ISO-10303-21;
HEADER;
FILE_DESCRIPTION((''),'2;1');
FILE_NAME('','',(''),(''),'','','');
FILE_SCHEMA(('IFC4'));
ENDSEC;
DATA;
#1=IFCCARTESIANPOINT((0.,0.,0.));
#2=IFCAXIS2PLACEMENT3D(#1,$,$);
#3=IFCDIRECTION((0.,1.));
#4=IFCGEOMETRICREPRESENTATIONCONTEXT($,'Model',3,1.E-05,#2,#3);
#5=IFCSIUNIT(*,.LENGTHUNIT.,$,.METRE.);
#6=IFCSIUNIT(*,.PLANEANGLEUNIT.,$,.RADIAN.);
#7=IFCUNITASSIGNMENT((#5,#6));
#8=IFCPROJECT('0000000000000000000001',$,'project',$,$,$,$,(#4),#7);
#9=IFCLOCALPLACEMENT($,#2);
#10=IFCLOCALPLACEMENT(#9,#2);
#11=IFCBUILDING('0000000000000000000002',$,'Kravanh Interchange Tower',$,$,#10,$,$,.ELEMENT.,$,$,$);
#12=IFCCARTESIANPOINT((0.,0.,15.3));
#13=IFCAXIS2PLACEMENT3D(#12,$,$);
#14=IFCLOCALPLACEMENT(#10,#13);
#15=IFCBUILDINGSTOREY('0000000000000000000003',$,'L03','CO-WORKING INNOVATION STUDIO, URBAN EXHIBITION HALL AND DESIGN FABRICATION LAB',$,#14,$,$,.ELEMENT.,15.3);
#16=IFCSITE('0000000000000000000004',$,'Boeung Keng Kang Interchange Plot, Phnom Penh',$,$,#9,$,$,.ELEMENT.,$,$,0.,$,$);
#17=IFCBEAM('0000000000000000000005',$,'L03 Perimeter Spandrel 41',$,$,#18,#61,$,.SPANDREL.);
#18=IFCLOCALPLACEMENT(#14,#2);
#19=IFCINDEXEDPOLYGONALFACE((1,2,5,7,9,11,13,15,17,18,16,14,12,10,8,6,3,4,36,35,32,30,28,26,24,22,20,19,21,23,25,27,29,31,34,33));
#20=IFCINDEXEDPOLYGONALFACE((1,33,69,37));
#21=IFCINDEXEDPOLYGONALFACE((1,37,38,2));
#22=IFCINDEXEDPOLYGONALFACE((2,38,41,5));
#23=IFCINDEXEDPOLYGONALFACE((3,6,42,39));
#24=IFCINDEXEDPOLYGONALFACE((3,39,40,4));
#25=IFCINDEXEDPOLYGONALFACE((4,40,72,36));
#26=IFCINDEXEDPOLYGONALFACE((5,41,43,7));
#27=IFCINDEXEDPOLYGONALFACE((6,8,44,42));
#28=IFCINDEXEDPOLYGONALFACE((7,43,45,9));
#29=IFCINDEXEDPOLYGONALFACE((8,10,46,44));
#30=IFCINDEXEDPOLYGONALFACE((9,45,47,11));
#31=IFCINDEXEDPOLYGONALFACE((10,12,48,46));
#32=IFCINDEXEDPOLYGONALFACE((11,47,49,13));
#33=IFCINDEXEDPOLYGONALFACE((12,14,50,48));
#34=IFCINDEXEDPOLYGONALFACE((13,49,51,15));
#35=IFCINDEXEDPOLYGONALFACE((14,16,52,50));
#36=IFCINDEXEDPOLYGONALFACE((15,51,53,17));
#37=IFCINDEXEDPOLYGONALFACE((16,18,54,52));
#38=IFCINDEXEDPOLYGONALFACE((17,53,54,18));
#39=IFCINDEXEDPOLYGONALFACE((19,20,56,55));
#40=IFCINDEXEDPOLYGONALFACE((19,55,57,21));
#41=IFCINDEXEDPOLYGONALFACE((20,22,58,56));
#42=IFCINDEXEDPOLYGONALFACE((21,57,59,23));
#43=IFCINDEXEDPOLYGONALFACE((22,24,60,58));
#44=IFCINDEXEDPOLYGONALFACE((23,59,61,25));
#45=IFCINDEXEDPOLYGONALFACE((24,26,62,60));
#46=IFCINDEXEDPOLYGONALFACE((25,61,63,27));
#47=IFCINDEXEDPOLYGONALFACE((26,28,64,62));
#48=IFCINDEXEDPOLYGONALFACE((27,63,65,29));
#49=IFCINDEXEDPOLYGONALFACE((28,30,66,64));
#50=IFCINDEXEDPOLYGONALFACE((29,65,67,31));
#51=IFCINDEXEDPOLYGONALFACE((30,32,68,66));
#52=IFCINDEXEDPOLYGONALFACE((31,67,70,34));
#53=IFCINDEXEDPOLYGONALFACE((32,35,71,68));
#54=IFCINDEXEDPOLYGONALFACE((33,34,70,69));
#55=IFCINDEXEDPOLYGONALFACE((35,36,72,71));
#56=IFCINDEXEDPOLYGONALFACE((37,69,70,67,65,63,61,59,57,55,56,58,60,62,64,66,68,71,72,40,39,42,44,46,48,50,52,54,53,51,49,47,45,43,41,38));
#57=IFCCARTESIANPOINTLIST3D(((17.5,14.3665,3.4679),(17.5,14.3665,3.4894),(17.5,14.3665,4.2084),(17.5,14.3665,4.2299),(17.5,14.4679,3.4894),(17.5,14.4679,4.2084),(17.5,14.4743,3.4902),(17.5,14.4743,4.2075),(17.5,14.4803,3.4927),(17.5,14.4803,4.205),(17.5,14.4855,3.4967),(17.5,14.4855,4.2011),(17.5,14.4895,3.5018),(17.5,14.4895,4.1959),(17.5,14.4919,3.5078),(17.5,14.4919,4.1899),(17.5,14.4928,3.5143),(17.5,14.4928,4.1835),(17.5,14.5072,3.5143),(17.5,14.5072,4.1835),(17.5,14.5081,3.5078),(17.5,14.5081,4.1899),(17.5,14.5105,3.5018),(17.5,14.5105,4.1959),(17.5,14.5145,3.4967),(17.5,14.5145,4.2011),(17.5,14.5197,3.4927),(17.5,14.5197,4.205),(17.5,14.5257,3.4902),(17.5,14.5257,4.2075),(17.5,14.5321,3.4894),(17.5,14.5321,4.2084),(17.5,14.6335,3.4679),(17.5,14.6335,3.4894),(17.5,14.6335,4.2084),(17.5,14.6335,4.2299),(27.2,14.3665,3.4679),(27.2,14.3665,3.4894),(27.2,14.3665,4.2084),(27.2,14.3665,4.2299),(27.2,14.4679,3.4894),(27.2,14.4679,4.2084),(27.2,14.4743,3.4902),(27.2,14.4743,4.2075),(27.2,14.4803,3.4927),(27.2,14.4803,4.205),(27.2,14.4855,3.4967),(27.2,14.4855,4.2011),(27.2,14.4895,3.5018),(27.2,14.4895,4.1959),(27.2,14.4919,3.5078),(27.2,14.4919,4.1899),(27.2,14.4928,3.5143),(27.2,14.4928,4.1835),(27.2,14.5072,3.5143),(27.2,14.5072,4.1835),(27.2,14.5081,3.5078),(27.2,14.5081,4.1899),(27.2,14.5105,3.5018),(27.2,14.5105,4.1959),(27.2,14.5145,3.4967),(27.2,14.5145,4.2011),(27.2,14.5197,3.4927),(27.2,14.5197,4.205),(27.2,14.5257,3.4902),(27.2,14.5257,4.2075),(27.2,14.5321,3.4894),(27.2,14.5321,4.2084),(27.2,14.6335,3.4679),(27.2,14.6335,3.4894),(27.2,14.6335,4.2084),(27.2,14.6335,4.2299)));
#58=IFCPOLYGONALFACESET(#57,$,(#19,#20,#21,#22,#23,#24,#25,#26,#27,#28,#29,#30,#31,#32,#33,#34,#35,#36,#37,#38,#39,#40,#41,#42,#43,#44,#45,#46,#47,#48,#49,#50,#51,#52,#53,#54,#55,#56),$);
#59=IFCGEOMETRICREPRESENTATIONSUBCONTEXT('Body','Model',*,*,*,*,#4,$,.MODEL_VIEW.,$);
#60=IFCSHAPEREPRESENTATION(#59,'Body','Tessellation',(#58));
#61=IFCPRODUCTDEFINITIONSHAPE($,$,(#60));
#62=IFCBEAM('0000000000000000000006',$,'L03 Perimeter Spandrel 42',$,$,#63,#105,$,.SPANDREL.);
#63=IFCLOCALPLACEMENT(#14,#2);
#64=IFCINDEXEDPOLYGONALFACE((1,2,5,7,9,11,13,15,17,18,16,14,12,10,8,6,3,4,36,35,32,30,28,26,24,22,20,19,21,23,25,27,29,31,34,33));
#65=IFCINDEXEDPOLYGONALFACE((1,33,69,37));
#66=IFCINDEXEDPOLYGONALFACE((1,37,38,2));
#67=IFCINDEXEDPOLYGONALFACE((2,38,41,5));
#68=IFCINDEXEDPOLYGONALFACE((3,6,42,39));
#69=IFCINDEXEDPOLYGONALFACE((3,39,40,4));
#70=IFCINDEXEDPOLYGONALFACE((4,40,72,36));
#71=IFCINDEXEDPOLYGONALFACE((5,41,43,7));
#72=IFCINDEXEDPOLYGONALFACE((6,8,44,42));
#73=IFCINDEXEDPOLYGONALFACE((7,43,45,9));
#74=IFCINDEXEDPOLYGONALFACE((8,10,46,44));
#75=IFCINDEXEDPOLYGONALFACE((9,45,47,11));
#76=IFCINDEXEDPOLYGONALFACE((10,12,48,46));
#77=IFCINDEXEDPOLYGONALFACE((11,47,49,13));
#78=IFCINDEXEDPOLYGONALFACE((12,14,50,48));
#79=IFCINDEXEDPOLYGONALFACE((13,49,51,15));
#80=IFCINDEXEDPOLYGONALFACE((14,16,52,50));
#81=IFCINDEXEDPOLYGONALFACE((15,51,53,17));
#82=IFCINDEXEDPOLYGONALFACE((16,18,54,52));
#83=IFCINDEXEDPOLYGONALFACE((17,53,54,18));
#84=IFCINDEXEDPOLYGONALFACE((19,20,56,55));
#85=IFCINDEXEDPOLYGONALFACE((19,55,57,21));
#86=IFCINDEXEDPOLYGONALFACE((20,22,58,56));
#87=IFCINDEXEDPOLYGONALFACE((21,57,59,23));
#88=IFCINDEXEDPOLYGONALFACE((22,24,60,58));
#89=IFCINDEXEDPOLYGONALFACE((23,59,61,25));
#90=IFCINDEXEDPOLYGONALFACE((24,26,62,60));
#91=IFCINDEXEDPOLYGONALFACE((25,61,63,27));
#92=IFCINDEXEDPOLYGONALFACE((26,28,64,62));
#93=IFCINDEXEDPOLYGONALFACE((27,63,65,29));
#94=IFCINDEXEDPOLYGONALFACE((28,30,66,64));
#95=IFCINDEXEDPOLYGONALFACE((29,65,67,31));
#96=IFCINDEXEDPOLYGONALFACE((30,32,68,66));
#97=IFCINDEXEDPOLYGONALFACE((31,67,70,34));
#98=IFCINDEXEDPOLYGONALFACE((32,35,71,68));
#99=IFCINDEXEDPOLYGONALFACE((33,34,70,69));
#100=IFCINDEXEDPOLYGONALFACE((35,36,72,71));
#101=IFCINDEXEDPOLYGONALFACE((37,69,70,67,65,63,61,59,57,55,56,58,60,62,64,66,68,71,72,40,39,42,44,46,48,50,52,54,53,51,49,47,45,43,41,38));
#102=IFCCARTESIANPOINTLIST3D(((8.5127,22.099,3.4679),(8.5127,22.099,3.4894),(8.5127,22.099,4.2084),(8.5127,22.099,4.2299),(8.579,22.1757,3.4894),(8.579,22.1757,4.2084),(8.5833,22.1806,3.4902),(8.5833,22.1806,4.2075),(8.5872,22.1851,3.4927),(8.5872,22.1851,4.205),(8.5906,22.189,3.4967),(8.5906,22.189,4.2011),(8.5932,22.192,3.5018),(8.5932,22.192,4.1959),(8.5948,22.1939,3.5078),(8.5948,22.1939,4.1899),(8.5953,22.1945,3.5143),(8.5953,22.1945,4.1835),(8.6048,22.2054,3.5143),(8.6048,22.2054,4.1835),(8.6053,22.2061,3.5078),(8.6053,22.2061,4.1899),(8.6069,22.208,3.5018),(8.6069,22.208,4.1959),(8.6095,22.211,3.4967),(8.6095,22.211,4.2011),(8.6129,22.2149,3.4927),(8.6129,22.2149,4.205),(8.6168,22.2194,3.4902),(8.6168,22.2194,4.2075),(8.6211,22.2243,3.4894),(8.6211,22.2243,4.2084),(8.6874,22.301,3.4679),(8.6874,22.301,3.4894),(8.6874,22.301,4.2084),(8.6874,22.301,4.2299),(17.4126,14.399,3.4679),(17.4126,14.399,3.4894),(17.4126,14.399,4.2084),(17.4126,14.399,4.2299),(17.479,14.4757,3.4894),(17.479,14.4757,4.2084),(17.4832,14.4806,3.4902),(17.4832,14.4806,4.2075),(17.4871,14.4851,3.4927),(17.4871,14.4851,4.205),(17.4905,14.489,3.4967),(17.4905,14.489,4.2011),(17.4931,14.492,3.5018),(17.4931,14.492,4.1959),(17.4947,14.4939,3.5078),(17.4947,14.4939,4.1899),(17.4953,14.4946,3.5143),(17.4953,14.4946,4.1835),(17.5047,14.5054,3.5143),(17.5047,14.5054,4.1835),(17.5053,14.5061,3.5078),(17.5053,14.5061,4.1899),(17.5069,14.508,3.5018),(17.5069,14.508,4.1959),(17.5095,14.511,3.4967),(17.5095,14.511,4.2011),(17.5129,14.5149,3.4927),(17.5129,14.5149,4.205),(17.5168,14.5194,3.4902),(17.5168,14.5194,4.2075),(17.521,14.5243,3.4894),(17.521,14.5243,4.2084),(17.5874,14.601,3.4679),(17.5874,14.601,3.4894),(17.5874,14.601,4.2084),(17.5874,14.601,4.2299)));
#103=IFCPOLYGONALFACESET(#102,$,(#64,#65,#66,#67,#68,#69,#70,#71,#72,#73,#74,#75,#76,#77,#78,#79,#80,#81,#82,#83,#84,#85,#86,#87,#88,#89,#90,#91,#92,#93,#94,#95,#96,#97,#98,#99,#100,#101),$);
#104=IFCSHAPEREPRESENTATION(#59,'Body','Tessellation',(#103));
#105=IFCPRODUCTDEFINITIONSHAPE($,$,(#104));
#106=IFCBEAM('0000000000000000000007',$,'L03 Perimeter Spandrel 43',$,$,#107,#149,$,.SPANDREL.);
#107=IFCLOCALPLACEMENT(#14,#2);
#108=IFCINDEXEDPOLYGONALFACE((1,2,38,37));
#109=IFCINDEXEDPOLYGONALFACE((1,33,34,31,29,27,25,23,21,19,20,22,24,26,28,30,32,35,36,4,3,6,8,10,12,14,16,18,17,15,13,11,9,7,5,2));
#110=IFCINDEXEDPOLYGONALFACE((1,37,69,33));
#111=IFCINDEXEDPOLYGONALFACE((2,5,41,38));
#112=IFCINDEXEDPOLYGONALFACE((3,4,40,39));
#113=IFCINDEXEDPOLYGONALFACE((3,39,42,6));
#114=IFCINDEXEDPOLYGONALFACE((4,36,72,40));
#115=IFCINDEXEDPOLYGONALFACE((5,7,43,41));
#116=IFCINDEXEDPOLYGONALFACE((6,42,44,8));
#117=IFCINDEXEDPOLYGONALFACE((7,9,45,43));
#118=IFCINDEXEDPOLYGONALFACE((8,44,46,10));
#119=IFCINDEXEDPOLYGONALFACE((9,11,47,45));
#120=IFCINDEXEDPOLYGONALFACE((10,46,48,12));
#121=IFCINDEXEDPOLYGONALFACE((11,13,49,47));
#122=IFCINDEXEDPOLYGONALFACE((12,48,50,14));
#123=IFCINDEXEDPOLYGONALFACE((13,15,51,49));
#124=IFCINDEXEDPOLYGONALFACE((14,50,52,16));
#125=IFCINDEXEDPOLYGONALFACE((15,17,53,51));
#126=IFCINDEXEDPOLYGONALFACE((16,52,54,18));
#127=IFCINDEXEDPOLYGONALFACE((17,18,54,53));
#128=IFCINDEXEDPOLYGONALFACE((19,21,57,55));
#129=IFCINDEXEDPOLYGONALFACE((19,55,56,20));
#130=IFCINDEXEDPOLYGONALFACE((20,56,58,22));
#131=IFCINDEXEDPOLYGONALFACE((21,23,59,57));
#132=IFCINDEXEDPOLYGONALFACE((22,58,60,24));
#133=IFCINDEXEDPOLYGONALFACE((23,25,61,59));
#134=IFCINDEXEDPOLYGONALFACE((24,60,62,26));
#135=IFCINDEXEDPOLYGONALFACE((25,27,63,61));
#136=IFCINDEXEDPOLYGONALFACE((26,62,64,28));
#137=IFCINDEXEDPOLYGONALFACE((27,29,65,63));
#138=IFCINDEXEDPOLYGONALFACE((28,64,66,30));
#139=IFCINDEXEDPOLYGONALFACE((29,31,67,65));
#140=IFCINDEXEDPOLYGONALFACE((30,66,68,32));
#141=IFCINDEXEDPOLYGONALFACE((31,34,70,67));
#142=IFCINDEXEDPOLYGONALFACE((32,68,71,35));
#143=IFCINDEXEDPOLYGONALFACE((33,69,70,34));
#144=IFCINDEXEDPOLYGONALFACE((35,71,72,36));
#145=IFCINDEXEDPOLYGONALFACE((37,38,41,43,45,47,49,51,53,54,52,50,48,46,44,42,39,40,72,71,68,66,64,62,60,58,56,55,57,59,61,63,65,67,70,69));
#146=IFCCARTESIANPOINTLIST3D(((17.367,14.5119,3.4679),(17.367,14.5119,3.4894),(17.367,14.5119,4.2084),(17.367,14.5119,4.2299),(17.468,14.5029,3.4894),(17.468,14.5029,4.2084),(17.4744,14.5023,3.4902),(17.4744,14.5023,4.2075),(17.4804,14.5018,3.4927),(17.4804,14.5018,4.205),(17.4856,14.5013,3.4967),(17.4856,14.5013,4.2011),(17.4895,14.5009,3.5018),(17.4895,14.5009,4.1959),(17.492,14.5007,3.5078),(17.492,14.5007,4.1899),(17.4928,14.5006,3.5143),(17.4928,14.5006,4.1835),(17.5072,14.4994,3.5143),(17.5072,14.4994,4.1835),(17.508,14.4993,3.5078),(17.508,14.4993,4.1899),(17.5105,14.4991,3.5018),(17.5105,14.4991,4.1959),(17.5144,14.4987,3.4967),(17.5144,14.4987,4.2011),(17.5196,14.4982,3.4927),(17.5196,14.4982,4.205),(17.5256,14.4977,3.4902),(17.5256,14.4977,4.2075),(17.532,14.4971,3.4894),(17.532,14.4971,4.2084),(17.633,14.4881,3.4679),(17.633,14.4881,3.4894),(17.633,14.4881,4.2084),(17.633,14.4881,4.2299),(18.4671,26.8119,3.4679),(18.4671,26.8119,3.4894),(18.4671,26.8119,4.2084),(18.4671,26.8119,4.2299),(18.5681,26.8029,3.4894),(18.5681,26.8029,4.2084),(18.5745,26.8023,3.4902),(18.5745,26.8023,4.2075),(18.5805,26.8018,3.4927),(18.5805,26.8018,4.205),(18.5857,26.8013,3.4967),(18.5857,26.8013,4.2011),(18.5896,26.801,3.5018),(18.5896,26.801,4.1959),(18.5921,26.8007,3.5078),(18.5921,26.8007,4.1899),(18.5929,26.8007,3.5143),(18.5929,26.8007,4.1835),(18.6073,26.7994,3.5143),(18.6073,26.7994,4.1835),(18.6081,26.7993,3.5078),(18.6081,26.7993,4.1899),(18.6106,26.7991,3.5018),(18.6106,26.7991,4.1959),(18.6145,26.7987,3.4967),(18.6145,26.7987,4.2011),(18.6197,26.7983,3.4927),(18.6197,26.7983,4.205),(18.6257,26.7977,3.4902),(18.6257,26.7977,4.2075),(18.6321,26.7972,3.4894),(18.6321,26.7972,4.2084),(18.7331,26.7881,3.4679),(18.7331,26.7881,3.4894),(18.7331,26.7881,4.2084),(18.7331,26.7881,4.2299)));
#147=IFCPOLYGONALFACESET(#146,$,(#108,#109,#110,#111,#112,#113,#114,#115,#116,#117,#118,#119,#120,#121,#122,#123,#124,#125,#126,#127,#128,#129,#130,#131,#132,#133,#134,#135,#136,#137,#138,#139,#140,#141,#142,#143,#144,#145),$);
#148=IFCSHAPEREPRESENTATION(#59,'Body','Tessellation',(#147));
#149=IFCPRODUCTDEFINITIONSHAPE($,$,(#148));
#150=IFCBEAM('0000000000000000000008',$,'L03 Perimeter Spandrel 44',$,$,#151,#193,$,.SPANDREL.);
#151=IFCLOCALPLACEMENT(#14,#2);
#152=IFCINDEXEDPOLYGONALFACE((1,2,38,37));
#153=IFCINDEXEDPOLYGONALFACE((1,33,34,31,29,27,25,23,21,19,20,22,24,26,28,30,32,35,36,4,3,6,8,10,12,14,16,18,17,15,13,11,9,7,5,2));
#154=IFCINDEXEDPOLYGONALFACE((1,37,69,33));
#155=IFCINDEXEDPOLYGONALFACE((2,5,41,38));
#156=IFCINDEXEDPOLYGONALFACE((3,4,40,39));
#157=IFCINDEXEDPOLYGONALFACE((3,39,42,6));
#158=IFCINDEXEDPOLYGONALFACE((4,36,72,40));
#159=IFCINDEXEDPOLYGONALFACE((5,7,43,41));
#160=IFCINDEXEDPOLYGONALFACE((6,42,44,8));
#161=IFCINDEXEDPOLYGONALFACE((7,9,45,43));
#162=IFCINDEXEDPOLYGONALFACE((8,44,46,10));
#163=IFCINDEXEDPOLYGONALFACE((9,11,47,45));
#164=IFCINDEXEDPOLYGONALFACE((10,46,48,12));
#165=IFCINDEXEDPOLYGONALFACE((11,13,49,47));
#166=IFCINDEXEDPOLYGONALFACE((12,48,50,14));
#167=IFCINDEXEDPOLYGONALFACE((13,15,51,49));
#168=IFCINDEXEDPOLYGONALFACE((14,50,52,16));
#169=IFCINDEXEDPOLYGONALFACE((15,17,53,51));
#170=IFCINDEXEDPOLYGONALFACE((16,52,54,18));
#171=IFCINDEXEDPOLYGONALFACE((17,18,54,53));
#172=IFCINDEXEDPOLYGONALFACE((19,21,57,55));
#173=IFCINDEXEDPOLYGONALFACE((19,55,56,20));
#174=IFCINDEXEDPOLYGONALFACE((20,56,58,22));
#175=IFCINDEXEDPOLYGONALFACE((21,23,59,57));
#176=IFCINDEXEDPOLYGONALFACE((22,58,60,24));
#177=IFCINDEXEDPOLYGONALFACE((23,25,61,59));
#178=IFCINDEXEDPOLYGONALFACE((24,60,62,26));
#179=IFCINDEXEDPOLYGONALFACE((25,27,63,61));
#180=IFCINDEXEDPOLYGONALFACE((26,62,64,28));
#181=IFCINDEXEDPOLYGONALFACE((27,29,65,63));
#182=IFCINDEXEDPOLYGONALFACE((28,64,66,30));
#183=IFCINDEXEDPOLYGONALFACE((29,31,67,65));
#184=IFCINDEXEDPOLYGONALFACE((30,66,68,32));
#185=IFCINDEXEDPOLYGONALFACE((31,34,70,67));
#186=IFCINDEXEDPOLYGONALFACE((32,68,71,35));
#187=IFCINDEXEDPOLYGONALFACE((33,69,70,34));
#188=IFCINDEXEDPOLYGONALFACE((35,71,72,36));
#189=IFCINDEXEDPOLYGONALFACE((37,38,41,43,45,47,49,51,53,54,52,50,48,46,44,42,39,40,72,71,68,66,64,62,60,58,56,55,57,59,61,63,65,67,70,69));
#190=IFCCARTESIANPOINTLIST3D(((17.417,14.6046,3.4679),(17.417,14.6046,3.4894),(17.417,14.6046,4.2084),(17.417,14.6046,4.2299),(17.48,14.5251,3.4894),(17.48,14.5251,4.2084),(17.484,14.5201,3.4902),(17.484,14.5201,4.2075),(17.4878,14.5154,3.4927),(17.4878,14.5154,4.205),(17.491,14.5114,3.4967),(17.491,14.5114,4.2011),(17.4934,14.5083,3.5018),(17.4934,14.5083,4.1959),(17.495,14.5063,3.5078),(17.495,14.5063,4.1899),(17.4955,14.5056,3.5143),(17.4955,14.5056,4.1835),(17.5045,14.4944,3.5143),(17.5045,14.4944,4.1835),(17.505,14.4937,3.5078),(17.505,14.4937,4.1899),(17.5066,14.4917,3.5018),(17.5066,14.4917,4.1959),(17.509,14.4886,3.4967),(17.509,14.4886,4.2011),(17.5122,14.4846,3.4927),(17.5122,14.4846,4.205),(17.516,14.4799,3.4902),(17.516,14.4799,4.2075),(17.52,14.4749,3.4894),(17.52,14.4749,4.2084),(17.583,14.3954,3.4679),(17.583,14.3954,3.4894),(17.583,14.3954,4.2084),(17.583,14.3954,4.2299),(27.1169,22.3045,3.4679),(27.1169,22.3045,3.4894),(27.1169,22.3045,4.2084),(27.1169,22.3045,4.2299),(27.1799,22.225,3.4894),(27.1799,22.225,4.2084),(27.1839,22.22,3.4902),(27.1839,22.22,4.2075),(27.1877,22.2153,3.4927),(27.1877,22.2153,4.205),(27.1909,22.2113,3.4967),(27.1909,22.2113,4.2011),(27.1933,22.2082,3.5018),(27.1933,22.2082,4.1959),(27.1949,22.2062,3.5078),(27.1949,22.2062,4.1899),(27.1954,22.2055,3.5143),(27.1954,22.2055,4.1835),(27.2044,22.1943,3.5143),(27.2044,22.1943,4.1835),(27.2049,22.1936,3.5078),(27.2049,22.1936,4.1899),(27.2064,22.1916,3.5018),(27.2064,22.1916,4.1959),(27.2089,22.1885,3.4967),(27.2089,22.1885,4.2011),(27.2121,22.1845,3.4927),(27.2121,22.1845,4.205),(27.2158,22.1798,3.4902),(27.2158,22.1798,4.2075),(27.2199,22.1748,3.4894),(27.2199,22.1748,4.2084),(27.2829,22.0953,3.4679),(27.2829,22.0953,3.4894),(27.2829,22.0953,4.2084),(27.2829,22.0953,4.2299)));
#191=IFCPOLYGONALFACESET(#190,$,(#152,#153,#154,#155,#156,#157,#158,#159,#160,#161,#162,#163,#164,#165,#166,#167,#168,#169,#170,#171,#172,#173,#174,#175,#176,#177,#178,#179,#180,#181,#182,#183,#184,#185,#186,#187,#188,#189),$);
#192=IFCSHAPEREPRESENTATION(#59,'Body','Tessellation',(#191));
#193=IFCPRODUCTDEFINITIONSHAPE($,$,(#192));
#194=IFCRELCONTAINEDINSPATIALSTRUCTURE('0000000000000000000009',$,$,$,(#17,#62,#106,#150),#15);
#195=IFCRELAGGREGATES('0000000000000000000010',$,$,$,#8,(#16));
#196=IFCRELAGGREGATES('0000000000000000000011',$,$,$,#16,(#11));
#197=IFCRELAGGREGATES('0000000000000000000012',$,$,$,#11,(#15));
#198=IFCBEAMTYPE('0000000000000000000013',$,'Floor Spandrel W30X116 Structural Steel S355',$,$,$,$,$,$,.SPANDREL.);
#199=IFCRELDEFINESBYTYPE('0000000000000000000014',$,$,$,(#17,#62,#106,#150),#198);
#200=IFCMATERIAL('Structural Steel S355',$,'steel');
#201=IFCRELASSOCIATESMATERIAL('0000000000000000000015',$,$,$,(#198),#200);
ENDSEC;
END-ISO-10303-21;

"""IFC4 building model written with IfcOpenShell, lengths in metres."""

from ifc_helpers import new_model, si_unit, direction, frame, origin, origin_2d, place, context, subcontext, project, spatial, i_section, extrude, material, material_profile, profile_set, type_object, element, save


model = new_model("IFC4")

# Units and contexts
model_context = context("Model", 3, precision=1e-05, world=origin(), true_north=direction((0.0, 1.0)))
body_context = subcontext(model_context, "Body", "Model", "MODEL_VIEW")
ifc_project = project(units=[si_unit("LENGTHUNIT", "METRE"), si_unit("PLANEANGLEUNIT", "RADIAN")], contexts=[model_context])

# Site, building, storey
site_placement = place(None, origin())
site = spatial("IfcSite", under=ifc_project, at=site_placement, Name="Boeung Keng Kang Interchange Plot, Phnom Penh", CompositionType="ELEMENT", RefElevation=0.0)
building_placement = place(site_placement, origin())
building = spatial("IfcBuilding", under=site, at=building_placement, Name="Kravanh Interchange Tower", CompositionType="ELEMENT")
storey_placement = place(building_placement, frame((0.0, 0.0, 15.3)))
storey = spatial("IfcBuildingStorey", under=building, at=storey_placement, Name="L03", Description="CO-WORKING INNOVATION STUDIO, URBAN EXHIBITION HALL AND DESIGN FABRICATION LAB", CompositionType="ELEMENT", Elevation=15.3)

# Beams
ifc_material_1 = material(Name="Structural Steel S355", Category="steel")
ifc_material_profile_1 = material_profile(ifc_material_1, i_section(OverallWidth=0.2671, OverallDepth=0.762, WebThickness=0.0144, FlangeThickness=0.0215, FilletRadius=0.0249, at=origin_2d()), Name="W30X116")
ifc_profile_set_1 = profile_set([ifc_material_profile_1], Name="Structural Steel S355")
beam_type_1 = type_object("IfcBeamType", Name="Floor Spandrel W30X116 Structural Steel S355", PredefinedType="SPANDREL", material=ifc_profile_set_1)
beam_1_placement = place(storey_placement, frame((17.5, 14.5, 3.8489), z_axis=(1.0, 0.0, 0.0), x_axis=(0.0, 1.0, 0.0)))
element("IfcBeam", 1, at=beam_1_placement, inside=storey, type_object=beam_type_1, Name="L03 Perimeter Spandrel 41", PredefinedType="SPANDREL", context=body_context, shape_type="SweptSolid", body=[
    extrude(i_section(OverallWidth=0.2671, OverallDepth=0.762, WebThickness=0.0144, FlangeThickness=0.0215, FilletRadius=0.0249, at=origin_2d()), origin(), (0.0, 0.0, 1.0), 9.7),
])
beam_2_placement = place(storey_placement, frame((17.5, 14.5, 3.8489), z_axis=(-0.756248, 0.654285, 0.0), x_axis=(-0.654285, -0.756248, 0.0)))
element("IfcBeam", 2, at=beam_2_placement, inside=storey, type_object=beam_type_1, Name="L03 Perimeter Spandrel 42", PredefinedType="SPANDREL", context=body_context, shape_type="SweptSolid", body=[
    extrude(i_section(OverallWidth=0.2671, OverallDepth=0.762, WebThickness=0.0144, FlangeThickness=0.0215, FilletRadius=0.0249, at=origin_2d()), origin(), (0.0, 0.0, 1.0), 11.7686),
])
beam_3_placement = place(storey_placement, frame((17.5, 14.5, 3.8489), z_axis=(0.089083, 0.996024, 0.0), x_axis=(-0.996024, 0.089083, 0.0)))
element("IfcBeam", 3, at=beam_3_placement, inside=storey, type_object=beam_type_1, Name="L03 Perimeter Spandrel 43", PredefinedType="SPANDREL", context=body_context, shape_type="SweptSolid", body=[
    extrude(i_section(OverallWidth=0.2671, OverallDepth=0.762, WebThickness=0.0144, FlangeThickness=0.0215, FilletRadius=0.0249, at=origin_2d()), origin(), (0.0, 0.0, 1.0), 12.3491),
])
beam_4_placement = place(storey_placement, frame((17.5, 14.5, 3.8489), z_axis=(0.783227, 0.621736, 0.0), x_axis=(-0.621736, 0.783227, 0.0)))
element("IfcBeam", 4, at=beam_4_placement, inside=storey, type_object=beam_type_1, Name="L03 Perimeter Spandrel 44", PredefinedType="SPANDREL", context=body_context, shape_type="SweptSolid", body=[
    extrude(i_section(OverallWidth=0.2671, OverallDepth=0.762, WebThickness=0.0144, FlangeThickness=0.0215, FilletRadius=0.0249, at=origin_2d()), origin(), (0.0, 0.0, 1.0), 12.3845),
])

save(model, "model.ifc")
